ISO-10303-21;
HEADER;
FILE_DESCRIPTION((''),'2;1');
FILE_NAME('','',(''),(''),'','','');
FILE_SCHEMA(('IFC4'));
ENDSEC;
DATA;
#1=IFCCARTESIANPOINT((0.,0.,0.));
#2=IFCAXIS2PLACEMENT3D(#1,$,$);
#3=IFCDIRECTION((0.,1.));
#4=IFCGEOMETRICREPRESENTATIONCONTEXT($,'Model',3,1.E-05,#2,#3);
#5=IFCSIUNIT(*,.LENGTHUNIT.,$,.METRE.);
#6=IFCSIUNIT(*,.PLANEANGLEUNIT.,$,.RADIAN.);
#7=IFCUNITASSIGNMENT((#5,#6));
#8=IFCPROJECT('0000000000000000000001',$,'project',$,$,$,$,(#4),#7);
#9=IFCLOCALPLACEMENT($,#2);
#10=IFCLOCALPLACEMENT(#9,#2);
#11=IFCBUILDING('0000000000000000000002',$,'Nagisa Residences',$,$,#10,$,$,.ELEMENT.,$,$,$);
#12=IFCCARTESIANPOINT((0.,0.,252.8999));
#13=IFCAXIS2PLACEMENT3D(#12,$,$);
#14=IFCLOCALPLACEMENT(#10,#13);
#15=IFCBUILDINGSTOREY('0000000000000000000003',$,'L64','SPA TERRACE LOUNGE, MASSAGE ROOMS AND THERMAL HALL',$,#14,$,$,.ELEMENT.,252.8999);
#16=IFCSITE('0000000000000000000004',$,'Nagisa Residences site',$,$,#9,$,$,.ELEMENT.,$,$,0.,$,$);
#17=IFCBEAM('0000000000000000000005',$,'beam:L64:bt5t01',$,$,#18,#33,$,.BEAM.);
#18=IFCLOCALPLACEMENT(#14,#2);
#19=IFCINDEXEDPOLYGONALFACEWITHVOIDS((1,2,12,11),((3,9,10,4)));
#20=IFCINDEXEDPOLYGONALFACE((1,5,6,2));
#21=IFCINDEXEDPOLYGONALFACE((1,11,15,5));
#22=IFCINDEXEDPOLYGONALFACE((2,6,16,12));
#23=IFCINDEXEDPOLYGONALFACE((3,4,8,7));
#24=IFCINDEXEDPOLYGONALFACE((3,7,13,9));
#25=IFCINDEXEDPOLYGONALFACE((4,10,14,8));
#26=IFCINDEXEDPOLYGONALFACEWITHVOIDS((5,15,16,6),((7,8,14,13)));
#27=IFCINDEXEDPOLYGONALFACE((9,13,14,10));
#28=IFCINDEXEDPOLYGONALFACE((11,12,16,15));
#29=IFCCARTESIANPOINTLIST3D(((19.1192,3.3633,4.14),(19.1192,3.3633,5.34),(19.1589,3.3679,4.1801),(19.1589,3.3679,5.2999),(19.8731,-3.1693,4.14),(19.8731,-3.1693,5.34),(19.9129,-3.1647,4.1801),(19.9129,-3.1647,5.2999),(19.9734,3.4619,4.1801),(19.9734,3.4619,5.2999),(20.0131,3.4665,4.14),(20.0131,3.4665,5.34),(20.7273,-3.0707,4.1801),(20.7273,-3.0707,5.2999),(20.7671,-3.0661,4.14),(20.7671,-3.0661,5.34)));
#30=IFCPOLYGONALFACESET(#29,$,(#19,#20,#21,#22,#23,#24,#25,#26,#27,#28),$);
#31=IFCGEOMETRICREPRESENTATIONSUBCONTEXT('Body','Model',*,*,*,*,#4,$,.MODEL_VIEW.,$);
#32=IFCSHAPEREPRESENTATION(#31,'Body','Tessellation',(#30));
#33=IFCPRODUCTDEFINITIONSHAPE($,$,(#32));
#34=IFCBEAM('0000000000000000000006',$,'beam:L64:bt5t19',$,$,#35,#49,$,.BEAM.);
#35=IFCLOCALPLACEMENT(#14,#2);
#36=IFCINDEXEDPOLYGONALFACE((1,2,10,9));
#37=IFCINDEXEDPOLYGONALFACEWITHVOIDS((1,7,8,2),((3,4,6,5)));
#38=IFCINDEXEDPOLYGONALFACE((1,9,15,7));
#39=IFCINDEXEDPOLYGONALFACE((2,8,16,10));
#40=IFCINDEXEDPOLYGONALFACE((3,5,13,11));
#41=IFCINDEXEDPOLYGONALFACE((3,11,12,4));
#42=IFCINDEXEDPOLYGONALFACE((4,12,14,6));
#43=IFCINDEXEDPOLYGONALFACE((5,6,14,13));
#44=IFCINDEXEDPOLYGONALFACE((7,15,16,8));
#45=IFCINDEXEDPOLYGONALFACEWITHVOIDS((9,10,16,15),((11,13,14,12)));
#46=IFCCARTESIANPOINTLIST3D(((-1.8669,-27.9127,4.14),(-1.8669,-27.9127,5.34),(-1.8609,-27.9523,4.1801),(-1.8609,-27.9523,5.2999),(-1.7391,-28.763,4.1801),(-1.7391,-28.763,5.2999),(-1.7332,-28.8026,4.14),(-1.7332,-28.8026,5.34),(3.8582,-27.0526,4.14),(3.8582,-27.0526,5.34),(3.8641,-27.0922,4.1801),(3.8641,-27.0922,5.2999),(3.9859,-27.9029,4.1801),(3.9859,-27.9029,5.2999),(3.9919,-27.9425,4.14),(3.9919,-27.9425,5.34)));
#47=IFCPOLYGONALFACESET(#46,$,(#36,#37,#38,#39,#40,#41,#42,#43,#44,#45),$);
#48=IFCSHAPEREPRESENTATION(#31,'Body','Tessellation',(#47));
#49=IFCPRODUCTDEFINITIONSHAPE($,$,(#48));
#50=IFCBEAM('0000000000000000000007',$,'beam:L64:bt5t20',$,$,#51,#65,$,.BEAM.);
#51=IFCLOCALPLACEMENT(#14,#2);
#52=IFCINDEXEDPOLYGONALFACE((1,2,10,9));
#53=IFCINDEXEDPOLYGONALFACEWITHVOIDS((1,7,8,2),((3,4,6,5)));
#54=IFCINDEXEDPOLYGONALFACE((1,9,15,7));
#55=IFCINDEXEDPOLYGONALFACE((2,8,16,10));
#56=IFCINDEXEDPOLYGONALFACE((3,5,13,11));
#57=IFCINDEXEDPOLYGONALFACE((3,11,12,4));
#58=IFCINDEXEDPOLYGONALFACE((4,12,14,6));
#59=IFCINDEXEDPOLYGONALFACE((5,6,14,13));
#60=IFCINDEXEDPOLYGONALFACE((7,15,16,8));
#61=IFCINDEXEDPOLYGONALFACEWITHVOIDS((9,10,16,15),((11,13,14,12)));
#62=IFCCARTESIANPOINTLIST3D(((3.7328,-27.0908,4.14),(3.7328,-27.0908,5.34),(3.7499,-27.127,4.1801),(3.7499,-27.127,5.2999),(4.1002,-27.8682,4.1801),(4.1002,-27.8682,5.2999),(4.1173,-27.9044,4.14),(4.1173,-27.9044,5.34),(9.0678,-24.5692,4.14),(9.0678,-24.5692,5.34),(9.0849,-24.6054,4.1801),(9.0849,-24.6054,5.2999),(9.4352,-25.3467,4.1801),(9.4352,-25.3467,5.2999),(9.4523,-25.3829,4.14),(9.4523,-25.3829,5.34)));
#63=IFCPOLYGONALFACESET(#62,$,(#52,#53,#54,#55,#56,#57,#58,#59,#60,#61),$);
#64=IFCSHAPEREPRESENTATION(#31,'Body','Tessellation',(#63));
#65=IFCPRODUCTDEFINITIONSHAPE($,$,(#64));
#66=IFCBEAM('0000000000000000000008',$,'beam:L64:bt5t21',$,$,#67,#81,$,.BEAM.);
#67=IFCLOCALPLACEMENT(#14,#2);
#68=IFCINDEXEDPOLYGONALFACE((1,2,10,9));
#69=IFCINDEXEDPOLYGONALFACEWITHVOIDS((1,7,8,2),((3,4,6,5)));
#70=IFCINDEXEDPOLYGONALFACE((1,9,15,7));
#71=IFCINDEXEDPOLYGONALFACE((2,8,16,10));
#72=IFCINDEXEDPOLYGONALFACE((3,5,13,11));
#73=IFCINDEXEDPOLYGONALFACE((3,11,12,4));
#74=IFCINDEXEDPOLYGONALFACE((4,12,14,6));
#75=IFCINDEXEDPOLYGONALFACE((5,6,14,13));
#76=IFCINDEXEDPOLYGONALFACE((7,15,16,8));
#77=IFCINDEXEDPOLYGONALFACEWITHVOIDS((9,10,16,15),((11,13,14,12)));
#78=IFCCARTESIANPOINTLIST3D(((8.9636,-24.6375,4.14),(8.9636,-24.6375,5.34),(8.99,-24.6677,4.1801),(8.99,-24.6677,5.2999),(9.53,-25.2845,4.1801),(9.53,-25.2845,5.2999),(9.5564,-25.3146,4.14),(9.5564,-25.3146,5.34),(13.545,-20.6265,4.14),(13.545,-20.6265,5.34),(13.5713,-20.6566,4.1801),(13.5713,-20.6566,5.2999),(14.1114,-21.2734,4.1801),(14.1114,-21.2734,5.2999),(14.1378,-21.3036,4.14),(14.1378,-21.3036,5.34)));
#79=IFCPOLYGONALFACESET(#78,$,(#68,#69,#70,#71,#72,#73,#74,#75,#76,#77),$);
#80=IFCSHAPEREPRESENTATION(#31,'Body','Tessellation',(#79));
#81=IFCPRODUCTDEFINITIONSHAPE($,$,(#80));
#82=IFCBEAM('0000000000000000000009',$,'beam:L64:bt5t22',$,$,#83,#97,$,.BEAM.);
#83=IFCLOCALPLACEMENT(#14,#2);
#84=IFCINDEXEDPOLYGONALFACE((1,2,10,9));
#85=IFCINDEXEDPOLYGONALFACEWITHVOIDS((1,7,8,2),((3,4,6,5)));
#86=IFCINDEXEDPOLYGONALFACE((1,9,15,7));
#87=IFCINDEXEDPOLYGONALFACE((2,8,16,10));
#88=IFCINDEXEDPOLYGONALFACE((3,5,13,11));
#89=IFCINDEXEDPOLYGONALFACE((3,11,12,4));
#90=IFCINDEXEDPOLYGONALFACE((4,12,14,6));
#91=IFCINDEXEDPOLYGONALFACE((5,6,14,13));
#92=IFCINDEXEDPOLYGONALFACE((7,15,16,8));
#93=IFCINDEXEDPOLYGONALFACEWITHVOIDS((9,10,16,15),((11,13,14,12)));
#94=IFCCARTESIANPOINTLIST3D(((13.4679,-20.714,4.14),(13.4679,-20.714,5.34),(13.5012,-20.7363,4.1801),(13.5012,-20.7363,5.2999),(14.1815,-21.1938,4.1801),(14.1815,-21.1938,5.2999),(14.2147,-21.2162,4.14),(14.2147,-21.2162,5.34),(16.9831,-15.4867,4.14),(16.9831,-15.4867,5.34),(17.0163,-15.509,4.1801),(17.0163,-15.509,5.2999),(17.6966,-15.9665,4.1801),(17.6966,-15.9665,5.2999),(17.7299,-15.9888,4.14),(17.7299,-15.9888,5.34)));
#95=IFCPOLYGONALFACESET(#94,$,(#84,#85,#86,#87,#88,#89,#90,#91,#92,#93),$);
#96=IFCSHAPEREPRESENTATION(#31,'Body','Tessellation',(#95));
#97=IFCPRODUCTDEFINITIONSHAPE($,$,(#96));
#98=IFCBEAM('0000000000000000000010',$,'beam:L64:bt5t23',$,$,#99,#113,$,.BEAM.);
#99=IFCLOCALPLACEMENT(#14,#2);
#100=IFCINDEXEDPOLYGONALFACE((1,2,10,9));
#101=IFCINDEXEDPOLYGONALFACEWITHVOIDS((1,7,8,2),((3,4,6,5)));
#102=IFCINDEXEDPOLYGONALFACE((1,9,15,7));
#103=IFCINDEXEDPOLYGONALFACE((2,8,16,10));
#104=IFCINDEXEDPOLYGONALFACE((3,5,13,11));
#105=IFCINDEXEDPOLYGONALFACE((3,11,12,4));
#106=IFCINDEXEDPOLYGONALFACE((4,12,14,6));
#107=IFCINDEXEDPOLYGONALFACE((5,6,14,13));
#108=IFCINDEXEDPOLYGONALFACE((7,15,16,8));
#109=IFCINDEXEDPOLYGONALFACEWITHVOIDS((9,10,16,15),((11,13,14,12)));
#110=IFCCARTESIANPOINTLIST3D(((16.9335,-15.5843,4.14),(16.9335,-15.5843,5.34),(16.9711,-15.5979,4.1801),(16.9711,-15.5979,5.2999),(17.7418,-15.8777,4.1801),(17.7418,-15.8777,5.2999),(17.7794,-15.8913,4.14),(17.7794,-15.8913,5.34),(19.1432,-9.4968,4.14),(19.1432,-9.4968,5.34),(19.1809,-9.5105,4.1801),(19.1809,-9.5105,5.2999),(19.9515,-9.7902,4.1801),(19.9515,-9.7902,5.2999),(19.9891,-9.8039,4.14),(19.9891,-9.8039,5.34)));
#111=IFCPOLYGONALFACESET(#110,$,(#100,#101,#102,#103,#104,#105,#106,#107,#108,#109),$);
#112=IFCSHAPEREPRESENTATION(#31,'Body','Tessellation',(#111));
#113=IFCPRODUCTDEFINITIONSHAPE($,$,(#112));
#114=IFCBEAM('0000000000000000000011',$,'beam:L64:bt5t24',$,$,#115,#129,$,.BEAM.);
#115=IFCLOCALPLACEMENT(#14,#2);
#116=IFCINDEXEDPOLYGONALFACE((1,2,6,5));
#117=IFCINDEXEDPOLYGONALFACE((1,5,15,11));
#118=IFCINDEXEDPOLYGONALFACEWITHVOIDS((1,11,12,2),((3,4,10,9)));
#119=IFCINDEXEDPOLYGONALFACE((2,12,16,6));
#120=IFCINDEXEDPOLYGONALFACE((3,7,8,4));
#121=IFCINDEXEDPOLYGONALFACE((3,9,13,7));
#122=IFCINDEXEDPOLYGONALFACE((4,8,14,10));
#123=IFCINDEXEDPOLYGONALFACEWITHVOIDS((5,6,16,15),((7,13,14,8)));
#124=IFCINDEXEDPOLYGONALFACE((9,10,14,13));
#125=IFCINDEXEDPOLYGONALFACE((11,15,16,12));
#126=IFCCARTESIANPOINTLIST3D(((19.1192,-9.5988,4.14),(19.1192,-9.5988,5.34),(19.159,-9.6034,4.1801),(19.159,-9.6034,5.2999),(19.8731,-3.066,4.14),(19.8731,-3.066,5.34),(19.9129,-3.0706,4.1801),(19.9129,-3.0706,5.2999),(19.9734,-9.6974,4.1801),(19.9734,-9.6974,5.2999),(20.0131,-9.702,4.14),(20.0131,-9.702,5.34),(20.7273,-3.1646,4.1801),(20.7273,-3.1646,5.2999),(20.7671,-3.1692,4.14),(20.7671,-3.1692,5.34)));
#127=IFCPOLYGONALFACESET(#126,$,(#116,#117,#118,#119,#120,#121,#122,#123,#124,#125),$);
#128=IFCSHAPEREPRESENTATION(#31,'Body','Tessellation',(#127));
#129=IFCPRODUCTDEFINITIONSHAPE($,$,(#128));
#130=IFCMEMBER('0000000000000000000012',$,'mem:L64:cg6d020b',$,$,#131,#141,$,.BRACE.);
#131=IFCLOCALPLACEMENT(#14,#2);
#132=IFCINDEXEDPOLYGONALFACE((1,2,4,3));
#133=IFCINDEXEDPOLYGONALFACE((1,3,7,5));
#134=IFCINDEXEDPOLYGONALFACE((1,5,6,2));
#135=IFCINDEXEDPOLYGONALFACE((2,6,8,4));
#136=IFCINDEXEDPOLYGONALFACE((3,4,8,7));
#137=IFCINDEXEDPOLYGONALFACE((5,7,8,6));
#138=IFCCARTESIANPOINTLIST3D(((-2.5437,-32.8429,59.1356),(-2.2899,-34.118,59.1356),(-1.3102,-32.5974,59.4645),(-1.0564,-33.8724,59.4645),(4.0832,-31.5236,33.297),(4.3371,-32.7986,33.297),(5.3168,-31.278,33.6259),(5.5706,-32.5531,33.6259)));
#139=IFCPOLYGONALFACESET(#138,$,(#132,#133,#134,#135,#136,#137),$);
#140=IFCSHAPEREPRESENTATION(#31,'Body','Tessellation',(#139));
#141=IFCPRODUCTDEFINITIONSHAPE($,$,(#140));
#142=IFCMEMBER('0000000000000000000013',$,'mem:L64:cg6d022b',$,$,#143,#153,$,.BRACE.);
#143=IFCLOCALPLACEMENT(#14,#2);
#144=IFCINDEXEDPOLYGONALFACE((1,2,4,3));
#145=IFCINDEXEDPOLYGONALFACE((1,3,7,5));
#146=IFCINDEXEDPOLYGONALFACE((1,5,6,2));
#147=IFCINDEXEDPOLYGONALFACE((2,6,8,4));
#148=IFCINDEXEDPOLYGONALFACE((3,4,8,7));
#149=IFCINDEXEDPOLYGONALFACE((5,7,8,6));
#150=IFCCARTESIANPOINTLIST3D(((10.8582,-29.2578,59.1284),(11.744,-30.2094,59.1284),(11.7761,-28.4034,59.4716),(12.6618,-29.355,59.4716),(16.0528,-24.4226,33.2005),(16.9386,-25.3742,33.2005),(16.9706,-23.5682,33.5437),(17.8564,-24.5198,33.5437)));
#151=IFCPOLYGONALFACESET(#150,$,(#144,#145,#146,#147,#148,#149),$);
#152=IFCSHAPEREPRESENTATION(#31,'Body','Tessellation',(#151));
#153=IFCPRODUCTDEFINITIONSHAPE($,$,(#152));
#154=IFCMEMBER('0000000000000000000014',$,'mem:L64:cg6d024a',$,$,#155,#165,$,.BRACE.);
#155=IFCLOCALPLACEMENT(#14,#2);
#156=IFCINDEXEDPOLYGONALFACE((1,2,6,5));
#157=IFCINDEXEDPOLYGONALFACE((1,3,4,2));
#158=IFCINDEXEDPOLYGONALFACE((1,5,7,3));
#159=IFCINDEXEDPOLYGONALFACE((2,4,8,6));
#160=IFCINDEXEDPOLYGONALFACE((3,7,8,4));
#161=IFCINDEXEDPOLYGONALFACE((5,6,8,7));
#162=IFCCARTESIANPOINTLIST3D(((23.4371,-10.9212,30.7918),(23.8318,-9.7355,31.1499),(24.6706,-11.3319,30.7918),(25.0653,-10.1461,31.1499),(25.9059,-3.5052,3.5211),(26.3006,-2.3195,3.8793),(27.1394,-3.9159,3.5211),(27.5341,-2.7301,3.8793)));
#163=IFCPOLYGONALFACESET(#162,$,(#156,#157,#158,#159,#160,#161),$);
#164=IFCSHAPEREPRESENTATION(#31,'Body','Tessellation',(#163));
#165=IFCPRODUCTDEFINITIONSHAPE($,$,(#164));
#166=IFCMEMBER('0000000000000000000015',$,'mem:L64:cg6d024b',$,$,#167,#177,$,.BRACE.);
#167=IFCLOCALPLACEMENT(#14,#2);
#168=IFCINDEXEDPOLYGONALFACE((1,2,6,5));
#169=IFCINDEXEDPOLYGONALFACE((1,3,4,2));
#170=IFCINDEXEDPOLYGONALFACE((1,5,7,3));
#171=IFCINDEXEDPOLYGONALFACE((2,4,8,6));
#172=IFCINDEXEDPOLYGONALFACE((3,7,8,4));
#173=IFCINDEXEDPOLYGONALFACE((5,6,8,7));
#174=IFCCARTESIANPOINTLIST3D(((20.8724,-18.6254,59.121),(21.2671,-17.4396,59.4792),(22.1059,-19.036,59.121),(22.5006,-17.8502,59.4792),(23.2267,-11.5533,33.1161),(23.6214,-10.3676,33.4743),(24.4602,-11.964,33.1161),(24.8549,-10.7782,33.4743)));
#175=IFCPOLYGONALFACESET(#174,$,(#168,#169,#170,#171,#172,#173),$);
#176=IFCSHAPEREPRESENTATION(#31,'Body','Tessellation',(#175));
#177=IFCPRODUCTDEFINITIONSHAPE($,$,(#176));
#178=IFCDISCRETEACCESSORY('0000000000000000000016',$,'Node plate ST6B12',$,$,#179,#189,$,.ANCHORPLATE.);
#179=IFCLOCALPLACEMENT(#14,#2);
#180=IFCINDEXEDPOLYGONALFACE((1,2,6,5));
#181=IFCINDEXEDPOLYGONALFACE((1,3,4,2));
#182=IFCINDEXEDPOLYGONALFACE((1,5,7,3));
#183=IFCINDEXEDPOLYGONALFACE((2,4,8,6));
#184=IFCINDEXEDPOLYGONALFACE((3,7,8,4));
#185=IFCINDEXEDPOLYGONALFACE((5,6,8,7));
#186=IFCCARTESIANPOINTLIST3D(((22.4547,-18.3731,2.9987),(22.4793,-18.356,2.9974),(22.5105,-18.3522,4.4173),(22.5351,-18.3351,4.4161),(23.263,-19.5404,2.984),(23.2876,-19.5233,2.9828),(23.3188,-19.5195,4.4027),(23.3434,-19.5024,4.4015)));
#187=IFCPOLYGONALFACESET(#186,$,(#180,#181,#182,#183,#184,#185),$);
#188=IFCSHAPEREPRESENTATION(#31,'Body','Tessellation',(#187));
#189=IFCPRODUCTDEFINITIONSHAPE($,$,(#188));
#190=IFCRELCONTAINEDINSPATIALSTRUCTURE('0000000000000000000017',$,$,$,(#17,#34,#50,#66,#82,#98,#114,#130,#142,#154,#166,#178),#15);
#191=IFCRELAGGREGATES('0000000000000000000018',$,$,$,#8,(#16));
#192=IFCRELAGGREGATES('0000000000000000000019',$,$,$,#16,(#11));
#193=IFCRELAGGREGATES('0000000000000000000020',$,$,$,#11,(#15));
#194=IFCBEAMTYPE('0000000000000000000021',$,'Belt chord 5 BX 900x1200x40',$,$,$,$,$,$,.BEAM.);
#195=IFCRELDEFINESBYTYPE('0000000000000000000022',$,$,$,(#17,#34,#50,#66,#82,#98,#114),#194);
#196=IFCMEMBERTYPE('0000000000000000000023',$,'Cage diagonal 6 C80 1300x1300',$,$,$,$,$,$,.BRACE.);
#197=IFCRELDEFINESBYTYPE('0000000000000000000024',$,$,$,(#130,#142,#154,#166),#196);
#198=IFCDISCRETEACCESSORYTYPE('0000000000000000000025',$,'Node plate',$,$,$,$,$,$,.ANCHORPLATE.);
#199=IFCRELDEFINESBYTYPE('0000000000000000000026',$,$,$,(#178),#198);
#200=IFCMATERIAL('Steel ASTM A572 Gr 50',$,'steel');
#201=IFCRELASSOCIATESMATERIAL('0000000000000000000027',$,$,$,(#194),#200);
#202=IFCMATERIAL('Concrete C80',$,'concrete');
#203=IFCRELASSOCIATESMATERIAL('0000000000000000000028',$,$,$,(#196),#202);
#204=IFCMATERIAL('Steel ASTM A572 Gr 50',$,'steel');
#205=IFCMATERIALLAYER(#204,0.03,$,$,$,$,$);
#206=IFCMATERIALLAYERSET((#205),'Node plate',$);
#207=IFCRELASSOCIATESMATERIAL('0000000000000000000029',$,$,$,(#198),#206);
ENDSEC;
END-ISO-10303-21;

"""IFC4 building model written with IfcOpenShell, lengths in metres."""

from ifc_helpers import new_model, si_unit, direction, frame, origin, origin_2d, place, context, subcontext, project, spatial, rectangle, hollow_rectangle, extrude, material, layer, layer_set, material_profile, profile_set, type_object, element, save


model = new_model("IFC4")

# Units and contexts
model_context = context("Model", 3, precision=1e-05, world=origin(), true_north=direction((0.0, 1.0)))
body_context = subcontext(model_context, "Body", "Model", "MODEL_VIEW")
ifc_project = project(units=[si_unit("LENGTHUNIT", "METRE"), si_unit("PLANEANGLEUNIT", "RADIAN")], contexts=[model_context])

# Site, building, storey
site_placement = place(None, origin())
site = spatial("IfcSite", under=ifc_project, at=site_placement, Name="Nagisa Residences site", CompositionType="ELEMENT", RefElevation=0.0)
building_placement = place(site_placement, origin())
building = spatial("IfcBuilding", under=site, at=building_placement, Name="Nagisa Residences", CompositionType="ELEMENT")
storey_placement = place(building_placement, frame((0.0, 0.0, 252.8999)))
storey = spatial("IfcBuildingStorey", under=building, at=storey_placement, Name="L64", Description="SPA TERRACE LOUNGE, MASSAGE ROOMS AND THERMAL HALL", CompositionType="ELEMENT", Elevation=252.8999)

# Beams
ifc_material_1 = material(Name="Steel ASTM A572 Gr 50", Category="steel")
ifc_material_profile_1 = material_profile(ifc_material_1, hollow_rectangle(XDim=0.8999, YDim=1.2, WallThickness=0.04, at=origin_2d()), Name="BX 900x1200x40")
ifc_profile_set_1 = profile_set([ifc_material_profile_1], Name="Steel ASTM A572 Gr 50")
beam_type = type_object("IfcBeamType", Name="Belt chord 5 BX 900x1200x40", PredefinedType="BEAM", material=ifc_profile_set_1)
beam_1_placement = place(storey_placement, frame((20.3201, -3.1177, 4.74), z_axis=(-0.114648, 0.993406, 0.0), x_axis=(-0.993406, -0.114648, 0.0)))
element("IfcBeam", 1, at=beam_1_placement, inside=storey, type_object=beam_type, Name="beam:L64:bt5t01", PredefinedType="BEAM", context=body_context, shape_type="SweptSolid", body=[
    extrude(hollow_rectangle(XDim=0.8999, YDim=1.2, WallThickness=0.04, at=origin_2d()), origin(), (0.0, 0.0, 1.0), 6.5759),
])
beam_2_placement = place(storey_placement, frame((-1.8, -28.3577, 4.74), z_axis=(0.988902, 0.148567, 0.0), x_axis=(-0.148567, 0.988902, 0.0)))
element("IfcBeam", 2, at=beam_2_placement, inside=storey, type_object=beam_type, Name="beam:L64:bt5t19", PredefinedType="BEAM", context=body_context, shape_type="SweptSolid", body=[
    extrude(hollow_rectangle(XDim=0.8999, YDim=1.2, WallThickness=0.04, at=origin_2d()), origin(), (0.0, 0.0, 1.0), 5.7893),
])
beam_3_placement = place(storey_placement, frame((3.925, -27.4976, 4.74), z_axis=(0.904105, 0.427311, 0.0), x_axis=(-0.427311, 0.904105, 0.0)))
element("IfcBeam", 3, at=beam_3_placement, inside=storey, type_object=beam_type, Name="beam:L64:bt5t20", PredefinedType="BEAM", context=body_context, shape_type="SweptSolid", body=[
    extrude(hollow_rectangle(XDim=0.8999, YDim=1.2, WallThickness=0.04, at=origin_2d()), origin(), (0.0, 0.0, 1.0), 5.9009),
])
beam_4_placement = place(storey_placement, frame((9.26, -24.9761, 4.74), z_axis=(0.752385, 0.658723, 0.0), x_axis=(-0.658723, 0.752385, 0.0)))
element("IfcBeam", 4, at=beam_4_placement, inside=storey, type_object=beam_type, Name="beam:L64:bt5t21", PredefinedType="BEAM", context=body_context, shape_type="SweptSolid", body=[
    extrude(hollow_rectangle(XDim=0.8999, YDim=1.2, WallThickness=0.04, at=origin_2d()), origin(), (0.0, 0.0, 1.0), 6.0891),
])
beam_5_placement = place(storey_placement, frame((13.8413, -20.9651, 4.74), z_axis=(0.558023, 0.829826, 0.0), x_axis=(-0.829826, 0.558023, 0.0)))
element("IfcBeam", 5, at=beam_5_placement, inside=storey, type_object=beam_type, Name="beam:L64:bt5t22", PredefinedType="BEAM", context=body_context, shape_type="SweptSolid", body=[
    extrude(hollow_rectangle(XDim=0.8999, YDim=1.2, WallThickness=0.04, at=origin_2d()), origin(), (0.0, 0.0, 1.0), 6.2993),
])
beam_6_placement = place(storey_placement, frame((17.3564, -15.7378, 4.74), z_axis=(0.341213, 0.939986, 0.0), x_axis=(-0.939986, 0.341213, 0.0)))
element("IfcBeam", 6, at=beam_6_placement, inside=storey, type_object=beam_type, Name="beam:L64:bt5t23", PredefinedType="BEAM", context=body_context, shape_type="SweptSolid", body=[
    extrude(hollow_rectangle(XDim=0.8999, YDim=1.2, WallThickness=0.04, at=origin_2d()), origin(), (0.0, 0.0, 1.0), 6.4761),
])
beam_7_placement = place(storey_placement, frame((19.5662, -9.6504, 4.74), z_axis=(0.114644, 0.993407, 0.0), x_axis=(-0.993407, 0.114644, 0.0)))
element("IfcBeam", 7, at=beam_7_placement, inside=storey, type_object=beam_type, Name="beam:L64:bt5t24", PredefinedType="BEAM", context=body_context, shape_type="SweptSolid", body=[
    extrude(hollow_rectangle(XDim=0.8999, YDim=1.2, WallThickness=0.04, at=origin_2d()), origin(), (0.0, 0.0, 1.0), 6.5762),
])

# Members
ifc_material_2 = material(Name="Concrete C80", Category="concrete")
ifc_material_profile_2 = material_profile(ifc_material_2, rectangle(XDim=1.3, YDim=1.3, at=origin_2d()), Name="C80 1300x1300")
ifc_profile_set_2 = profile_set([ifc_material_profile_2], Name="Concrete C80")
member_type = type_object("IfcMemberType", Name="Cage diagonal 6 C80 1300x1300", PredefinedType="BRACE", material=ifc_profile_set_2)
member_1_placement = place(storey_placement, frame((4.8269, -32.0383, 33.4614), z_axis=(-0.248131, -0.049399, 0.967466), x_axis=(0.195254, -0.980753, 0.0)))
element("IfcMember", 8, at=member_1_placement, inside=storey, type_object=member_type, Name="mem:L64:cg6d020b", PredefinedType="BRACE", context=body_context, shape_type="SweptSolid", body=[
    extrude(rectangle(XDim=1.3, YDim=1.3, at=origin_2d()), origin(), (0.0, 0.0, 1.0), 26.7075),
])
member_2_placement = place(storey_placement, frame((16.9546, -24.4712, 33.3721), z_axis=(-0.193239, -0.17987, 0.964523), x_axis=(0.681333, -0.731973, 0.0)))
element("IfcMember", 9, at=member_2_placement, inside=storey, type_object=member_type, Name="mem:L64:cg6d022b", PredefinedType="BRACE", context=body_context, shape_type="SweptSolid", body=[
    extrude(rectangle(XDim=1.3, YDim=1.3, at=origin_2d()), origin(), (0.0, 0.0, 1.0), 26.8816),
])
member_3_placement = place(storey_placement, frame((26.72, -3.1177, 3.7002), z_axis=(-0.087024, -0.261415, 0.961296), x_axis=(0.948808, -0.315853, 0.0)))
element("IfcMember", 10, at=member_3_placement, inside=storey, type_object=member_type, Name="mem:L64:cg6d024a", PredefinedType="BRACE", context=body_context, shape_type="SweptSolid", body=[
    extrude(rectangle(XDim=1.3, YDim=1.3, at=origin_2d()), origin(), (0.0, 0.0, 1.0), 28.3687),
])
member_4_placement = place(storey_placement, frame((24.0408, -11.1658, 33.2952), z_axis=(-0.087027, -0.261423, 0.961293), x_axis=(0.948808, -0.315854, 0.0)))
element("IfcMember", 11, at=member_4_placement, inside=storey, type_object=member_type, Name="mem:L64:cg6d024b", PredefinedType="BRACE", context=body_context, shape_type="SweptSolid", body=[
    extrude(rectangle(XDim=1.3, YDim=1.3, at=origin_2d()), origin(), (0.0, 0.0, 1.0), 27.052),
])

# Discrete accessory
ifc_material_3 = material(Name="Steel ASTM A572 Gr 50", Category="steel")
ifc_layer = layer(ifc_material_3, 0.03)
ifc_layer_set = layer_set([ifc_layer], Name="Node plate")
discrete_accessory_type = type_object("IfcDiscreteAccessoryType", Name="Node plate", PredefinedType="ANCHORPLATE", material=ifc_layer_set)
discrete_accessory_1_placement = place(storey_placement, frame((22.8867, -18.9463, 3.7007), z_axis=(0.82122, 0.569162, -0.040654), x_axis=(-0.569258, 0.822094, 0.010315)))
element("IfcDiscreteAccessory", 12, at=discrete_accessory_1_placement, inside=storey, type_object=discrete_accessory_type, Name="Node plate ST6B12", PredefinedType="ANCHORPLATE", context=body_context, shape_type="SweptSolid", body=[
    extrude(rectangle(XDim=1.4199, YDim=1.4199, at=origin_2d()), origin(), (0.0, 0.0, 1.0), 0.03),
])

save(model, "model.ifc")
